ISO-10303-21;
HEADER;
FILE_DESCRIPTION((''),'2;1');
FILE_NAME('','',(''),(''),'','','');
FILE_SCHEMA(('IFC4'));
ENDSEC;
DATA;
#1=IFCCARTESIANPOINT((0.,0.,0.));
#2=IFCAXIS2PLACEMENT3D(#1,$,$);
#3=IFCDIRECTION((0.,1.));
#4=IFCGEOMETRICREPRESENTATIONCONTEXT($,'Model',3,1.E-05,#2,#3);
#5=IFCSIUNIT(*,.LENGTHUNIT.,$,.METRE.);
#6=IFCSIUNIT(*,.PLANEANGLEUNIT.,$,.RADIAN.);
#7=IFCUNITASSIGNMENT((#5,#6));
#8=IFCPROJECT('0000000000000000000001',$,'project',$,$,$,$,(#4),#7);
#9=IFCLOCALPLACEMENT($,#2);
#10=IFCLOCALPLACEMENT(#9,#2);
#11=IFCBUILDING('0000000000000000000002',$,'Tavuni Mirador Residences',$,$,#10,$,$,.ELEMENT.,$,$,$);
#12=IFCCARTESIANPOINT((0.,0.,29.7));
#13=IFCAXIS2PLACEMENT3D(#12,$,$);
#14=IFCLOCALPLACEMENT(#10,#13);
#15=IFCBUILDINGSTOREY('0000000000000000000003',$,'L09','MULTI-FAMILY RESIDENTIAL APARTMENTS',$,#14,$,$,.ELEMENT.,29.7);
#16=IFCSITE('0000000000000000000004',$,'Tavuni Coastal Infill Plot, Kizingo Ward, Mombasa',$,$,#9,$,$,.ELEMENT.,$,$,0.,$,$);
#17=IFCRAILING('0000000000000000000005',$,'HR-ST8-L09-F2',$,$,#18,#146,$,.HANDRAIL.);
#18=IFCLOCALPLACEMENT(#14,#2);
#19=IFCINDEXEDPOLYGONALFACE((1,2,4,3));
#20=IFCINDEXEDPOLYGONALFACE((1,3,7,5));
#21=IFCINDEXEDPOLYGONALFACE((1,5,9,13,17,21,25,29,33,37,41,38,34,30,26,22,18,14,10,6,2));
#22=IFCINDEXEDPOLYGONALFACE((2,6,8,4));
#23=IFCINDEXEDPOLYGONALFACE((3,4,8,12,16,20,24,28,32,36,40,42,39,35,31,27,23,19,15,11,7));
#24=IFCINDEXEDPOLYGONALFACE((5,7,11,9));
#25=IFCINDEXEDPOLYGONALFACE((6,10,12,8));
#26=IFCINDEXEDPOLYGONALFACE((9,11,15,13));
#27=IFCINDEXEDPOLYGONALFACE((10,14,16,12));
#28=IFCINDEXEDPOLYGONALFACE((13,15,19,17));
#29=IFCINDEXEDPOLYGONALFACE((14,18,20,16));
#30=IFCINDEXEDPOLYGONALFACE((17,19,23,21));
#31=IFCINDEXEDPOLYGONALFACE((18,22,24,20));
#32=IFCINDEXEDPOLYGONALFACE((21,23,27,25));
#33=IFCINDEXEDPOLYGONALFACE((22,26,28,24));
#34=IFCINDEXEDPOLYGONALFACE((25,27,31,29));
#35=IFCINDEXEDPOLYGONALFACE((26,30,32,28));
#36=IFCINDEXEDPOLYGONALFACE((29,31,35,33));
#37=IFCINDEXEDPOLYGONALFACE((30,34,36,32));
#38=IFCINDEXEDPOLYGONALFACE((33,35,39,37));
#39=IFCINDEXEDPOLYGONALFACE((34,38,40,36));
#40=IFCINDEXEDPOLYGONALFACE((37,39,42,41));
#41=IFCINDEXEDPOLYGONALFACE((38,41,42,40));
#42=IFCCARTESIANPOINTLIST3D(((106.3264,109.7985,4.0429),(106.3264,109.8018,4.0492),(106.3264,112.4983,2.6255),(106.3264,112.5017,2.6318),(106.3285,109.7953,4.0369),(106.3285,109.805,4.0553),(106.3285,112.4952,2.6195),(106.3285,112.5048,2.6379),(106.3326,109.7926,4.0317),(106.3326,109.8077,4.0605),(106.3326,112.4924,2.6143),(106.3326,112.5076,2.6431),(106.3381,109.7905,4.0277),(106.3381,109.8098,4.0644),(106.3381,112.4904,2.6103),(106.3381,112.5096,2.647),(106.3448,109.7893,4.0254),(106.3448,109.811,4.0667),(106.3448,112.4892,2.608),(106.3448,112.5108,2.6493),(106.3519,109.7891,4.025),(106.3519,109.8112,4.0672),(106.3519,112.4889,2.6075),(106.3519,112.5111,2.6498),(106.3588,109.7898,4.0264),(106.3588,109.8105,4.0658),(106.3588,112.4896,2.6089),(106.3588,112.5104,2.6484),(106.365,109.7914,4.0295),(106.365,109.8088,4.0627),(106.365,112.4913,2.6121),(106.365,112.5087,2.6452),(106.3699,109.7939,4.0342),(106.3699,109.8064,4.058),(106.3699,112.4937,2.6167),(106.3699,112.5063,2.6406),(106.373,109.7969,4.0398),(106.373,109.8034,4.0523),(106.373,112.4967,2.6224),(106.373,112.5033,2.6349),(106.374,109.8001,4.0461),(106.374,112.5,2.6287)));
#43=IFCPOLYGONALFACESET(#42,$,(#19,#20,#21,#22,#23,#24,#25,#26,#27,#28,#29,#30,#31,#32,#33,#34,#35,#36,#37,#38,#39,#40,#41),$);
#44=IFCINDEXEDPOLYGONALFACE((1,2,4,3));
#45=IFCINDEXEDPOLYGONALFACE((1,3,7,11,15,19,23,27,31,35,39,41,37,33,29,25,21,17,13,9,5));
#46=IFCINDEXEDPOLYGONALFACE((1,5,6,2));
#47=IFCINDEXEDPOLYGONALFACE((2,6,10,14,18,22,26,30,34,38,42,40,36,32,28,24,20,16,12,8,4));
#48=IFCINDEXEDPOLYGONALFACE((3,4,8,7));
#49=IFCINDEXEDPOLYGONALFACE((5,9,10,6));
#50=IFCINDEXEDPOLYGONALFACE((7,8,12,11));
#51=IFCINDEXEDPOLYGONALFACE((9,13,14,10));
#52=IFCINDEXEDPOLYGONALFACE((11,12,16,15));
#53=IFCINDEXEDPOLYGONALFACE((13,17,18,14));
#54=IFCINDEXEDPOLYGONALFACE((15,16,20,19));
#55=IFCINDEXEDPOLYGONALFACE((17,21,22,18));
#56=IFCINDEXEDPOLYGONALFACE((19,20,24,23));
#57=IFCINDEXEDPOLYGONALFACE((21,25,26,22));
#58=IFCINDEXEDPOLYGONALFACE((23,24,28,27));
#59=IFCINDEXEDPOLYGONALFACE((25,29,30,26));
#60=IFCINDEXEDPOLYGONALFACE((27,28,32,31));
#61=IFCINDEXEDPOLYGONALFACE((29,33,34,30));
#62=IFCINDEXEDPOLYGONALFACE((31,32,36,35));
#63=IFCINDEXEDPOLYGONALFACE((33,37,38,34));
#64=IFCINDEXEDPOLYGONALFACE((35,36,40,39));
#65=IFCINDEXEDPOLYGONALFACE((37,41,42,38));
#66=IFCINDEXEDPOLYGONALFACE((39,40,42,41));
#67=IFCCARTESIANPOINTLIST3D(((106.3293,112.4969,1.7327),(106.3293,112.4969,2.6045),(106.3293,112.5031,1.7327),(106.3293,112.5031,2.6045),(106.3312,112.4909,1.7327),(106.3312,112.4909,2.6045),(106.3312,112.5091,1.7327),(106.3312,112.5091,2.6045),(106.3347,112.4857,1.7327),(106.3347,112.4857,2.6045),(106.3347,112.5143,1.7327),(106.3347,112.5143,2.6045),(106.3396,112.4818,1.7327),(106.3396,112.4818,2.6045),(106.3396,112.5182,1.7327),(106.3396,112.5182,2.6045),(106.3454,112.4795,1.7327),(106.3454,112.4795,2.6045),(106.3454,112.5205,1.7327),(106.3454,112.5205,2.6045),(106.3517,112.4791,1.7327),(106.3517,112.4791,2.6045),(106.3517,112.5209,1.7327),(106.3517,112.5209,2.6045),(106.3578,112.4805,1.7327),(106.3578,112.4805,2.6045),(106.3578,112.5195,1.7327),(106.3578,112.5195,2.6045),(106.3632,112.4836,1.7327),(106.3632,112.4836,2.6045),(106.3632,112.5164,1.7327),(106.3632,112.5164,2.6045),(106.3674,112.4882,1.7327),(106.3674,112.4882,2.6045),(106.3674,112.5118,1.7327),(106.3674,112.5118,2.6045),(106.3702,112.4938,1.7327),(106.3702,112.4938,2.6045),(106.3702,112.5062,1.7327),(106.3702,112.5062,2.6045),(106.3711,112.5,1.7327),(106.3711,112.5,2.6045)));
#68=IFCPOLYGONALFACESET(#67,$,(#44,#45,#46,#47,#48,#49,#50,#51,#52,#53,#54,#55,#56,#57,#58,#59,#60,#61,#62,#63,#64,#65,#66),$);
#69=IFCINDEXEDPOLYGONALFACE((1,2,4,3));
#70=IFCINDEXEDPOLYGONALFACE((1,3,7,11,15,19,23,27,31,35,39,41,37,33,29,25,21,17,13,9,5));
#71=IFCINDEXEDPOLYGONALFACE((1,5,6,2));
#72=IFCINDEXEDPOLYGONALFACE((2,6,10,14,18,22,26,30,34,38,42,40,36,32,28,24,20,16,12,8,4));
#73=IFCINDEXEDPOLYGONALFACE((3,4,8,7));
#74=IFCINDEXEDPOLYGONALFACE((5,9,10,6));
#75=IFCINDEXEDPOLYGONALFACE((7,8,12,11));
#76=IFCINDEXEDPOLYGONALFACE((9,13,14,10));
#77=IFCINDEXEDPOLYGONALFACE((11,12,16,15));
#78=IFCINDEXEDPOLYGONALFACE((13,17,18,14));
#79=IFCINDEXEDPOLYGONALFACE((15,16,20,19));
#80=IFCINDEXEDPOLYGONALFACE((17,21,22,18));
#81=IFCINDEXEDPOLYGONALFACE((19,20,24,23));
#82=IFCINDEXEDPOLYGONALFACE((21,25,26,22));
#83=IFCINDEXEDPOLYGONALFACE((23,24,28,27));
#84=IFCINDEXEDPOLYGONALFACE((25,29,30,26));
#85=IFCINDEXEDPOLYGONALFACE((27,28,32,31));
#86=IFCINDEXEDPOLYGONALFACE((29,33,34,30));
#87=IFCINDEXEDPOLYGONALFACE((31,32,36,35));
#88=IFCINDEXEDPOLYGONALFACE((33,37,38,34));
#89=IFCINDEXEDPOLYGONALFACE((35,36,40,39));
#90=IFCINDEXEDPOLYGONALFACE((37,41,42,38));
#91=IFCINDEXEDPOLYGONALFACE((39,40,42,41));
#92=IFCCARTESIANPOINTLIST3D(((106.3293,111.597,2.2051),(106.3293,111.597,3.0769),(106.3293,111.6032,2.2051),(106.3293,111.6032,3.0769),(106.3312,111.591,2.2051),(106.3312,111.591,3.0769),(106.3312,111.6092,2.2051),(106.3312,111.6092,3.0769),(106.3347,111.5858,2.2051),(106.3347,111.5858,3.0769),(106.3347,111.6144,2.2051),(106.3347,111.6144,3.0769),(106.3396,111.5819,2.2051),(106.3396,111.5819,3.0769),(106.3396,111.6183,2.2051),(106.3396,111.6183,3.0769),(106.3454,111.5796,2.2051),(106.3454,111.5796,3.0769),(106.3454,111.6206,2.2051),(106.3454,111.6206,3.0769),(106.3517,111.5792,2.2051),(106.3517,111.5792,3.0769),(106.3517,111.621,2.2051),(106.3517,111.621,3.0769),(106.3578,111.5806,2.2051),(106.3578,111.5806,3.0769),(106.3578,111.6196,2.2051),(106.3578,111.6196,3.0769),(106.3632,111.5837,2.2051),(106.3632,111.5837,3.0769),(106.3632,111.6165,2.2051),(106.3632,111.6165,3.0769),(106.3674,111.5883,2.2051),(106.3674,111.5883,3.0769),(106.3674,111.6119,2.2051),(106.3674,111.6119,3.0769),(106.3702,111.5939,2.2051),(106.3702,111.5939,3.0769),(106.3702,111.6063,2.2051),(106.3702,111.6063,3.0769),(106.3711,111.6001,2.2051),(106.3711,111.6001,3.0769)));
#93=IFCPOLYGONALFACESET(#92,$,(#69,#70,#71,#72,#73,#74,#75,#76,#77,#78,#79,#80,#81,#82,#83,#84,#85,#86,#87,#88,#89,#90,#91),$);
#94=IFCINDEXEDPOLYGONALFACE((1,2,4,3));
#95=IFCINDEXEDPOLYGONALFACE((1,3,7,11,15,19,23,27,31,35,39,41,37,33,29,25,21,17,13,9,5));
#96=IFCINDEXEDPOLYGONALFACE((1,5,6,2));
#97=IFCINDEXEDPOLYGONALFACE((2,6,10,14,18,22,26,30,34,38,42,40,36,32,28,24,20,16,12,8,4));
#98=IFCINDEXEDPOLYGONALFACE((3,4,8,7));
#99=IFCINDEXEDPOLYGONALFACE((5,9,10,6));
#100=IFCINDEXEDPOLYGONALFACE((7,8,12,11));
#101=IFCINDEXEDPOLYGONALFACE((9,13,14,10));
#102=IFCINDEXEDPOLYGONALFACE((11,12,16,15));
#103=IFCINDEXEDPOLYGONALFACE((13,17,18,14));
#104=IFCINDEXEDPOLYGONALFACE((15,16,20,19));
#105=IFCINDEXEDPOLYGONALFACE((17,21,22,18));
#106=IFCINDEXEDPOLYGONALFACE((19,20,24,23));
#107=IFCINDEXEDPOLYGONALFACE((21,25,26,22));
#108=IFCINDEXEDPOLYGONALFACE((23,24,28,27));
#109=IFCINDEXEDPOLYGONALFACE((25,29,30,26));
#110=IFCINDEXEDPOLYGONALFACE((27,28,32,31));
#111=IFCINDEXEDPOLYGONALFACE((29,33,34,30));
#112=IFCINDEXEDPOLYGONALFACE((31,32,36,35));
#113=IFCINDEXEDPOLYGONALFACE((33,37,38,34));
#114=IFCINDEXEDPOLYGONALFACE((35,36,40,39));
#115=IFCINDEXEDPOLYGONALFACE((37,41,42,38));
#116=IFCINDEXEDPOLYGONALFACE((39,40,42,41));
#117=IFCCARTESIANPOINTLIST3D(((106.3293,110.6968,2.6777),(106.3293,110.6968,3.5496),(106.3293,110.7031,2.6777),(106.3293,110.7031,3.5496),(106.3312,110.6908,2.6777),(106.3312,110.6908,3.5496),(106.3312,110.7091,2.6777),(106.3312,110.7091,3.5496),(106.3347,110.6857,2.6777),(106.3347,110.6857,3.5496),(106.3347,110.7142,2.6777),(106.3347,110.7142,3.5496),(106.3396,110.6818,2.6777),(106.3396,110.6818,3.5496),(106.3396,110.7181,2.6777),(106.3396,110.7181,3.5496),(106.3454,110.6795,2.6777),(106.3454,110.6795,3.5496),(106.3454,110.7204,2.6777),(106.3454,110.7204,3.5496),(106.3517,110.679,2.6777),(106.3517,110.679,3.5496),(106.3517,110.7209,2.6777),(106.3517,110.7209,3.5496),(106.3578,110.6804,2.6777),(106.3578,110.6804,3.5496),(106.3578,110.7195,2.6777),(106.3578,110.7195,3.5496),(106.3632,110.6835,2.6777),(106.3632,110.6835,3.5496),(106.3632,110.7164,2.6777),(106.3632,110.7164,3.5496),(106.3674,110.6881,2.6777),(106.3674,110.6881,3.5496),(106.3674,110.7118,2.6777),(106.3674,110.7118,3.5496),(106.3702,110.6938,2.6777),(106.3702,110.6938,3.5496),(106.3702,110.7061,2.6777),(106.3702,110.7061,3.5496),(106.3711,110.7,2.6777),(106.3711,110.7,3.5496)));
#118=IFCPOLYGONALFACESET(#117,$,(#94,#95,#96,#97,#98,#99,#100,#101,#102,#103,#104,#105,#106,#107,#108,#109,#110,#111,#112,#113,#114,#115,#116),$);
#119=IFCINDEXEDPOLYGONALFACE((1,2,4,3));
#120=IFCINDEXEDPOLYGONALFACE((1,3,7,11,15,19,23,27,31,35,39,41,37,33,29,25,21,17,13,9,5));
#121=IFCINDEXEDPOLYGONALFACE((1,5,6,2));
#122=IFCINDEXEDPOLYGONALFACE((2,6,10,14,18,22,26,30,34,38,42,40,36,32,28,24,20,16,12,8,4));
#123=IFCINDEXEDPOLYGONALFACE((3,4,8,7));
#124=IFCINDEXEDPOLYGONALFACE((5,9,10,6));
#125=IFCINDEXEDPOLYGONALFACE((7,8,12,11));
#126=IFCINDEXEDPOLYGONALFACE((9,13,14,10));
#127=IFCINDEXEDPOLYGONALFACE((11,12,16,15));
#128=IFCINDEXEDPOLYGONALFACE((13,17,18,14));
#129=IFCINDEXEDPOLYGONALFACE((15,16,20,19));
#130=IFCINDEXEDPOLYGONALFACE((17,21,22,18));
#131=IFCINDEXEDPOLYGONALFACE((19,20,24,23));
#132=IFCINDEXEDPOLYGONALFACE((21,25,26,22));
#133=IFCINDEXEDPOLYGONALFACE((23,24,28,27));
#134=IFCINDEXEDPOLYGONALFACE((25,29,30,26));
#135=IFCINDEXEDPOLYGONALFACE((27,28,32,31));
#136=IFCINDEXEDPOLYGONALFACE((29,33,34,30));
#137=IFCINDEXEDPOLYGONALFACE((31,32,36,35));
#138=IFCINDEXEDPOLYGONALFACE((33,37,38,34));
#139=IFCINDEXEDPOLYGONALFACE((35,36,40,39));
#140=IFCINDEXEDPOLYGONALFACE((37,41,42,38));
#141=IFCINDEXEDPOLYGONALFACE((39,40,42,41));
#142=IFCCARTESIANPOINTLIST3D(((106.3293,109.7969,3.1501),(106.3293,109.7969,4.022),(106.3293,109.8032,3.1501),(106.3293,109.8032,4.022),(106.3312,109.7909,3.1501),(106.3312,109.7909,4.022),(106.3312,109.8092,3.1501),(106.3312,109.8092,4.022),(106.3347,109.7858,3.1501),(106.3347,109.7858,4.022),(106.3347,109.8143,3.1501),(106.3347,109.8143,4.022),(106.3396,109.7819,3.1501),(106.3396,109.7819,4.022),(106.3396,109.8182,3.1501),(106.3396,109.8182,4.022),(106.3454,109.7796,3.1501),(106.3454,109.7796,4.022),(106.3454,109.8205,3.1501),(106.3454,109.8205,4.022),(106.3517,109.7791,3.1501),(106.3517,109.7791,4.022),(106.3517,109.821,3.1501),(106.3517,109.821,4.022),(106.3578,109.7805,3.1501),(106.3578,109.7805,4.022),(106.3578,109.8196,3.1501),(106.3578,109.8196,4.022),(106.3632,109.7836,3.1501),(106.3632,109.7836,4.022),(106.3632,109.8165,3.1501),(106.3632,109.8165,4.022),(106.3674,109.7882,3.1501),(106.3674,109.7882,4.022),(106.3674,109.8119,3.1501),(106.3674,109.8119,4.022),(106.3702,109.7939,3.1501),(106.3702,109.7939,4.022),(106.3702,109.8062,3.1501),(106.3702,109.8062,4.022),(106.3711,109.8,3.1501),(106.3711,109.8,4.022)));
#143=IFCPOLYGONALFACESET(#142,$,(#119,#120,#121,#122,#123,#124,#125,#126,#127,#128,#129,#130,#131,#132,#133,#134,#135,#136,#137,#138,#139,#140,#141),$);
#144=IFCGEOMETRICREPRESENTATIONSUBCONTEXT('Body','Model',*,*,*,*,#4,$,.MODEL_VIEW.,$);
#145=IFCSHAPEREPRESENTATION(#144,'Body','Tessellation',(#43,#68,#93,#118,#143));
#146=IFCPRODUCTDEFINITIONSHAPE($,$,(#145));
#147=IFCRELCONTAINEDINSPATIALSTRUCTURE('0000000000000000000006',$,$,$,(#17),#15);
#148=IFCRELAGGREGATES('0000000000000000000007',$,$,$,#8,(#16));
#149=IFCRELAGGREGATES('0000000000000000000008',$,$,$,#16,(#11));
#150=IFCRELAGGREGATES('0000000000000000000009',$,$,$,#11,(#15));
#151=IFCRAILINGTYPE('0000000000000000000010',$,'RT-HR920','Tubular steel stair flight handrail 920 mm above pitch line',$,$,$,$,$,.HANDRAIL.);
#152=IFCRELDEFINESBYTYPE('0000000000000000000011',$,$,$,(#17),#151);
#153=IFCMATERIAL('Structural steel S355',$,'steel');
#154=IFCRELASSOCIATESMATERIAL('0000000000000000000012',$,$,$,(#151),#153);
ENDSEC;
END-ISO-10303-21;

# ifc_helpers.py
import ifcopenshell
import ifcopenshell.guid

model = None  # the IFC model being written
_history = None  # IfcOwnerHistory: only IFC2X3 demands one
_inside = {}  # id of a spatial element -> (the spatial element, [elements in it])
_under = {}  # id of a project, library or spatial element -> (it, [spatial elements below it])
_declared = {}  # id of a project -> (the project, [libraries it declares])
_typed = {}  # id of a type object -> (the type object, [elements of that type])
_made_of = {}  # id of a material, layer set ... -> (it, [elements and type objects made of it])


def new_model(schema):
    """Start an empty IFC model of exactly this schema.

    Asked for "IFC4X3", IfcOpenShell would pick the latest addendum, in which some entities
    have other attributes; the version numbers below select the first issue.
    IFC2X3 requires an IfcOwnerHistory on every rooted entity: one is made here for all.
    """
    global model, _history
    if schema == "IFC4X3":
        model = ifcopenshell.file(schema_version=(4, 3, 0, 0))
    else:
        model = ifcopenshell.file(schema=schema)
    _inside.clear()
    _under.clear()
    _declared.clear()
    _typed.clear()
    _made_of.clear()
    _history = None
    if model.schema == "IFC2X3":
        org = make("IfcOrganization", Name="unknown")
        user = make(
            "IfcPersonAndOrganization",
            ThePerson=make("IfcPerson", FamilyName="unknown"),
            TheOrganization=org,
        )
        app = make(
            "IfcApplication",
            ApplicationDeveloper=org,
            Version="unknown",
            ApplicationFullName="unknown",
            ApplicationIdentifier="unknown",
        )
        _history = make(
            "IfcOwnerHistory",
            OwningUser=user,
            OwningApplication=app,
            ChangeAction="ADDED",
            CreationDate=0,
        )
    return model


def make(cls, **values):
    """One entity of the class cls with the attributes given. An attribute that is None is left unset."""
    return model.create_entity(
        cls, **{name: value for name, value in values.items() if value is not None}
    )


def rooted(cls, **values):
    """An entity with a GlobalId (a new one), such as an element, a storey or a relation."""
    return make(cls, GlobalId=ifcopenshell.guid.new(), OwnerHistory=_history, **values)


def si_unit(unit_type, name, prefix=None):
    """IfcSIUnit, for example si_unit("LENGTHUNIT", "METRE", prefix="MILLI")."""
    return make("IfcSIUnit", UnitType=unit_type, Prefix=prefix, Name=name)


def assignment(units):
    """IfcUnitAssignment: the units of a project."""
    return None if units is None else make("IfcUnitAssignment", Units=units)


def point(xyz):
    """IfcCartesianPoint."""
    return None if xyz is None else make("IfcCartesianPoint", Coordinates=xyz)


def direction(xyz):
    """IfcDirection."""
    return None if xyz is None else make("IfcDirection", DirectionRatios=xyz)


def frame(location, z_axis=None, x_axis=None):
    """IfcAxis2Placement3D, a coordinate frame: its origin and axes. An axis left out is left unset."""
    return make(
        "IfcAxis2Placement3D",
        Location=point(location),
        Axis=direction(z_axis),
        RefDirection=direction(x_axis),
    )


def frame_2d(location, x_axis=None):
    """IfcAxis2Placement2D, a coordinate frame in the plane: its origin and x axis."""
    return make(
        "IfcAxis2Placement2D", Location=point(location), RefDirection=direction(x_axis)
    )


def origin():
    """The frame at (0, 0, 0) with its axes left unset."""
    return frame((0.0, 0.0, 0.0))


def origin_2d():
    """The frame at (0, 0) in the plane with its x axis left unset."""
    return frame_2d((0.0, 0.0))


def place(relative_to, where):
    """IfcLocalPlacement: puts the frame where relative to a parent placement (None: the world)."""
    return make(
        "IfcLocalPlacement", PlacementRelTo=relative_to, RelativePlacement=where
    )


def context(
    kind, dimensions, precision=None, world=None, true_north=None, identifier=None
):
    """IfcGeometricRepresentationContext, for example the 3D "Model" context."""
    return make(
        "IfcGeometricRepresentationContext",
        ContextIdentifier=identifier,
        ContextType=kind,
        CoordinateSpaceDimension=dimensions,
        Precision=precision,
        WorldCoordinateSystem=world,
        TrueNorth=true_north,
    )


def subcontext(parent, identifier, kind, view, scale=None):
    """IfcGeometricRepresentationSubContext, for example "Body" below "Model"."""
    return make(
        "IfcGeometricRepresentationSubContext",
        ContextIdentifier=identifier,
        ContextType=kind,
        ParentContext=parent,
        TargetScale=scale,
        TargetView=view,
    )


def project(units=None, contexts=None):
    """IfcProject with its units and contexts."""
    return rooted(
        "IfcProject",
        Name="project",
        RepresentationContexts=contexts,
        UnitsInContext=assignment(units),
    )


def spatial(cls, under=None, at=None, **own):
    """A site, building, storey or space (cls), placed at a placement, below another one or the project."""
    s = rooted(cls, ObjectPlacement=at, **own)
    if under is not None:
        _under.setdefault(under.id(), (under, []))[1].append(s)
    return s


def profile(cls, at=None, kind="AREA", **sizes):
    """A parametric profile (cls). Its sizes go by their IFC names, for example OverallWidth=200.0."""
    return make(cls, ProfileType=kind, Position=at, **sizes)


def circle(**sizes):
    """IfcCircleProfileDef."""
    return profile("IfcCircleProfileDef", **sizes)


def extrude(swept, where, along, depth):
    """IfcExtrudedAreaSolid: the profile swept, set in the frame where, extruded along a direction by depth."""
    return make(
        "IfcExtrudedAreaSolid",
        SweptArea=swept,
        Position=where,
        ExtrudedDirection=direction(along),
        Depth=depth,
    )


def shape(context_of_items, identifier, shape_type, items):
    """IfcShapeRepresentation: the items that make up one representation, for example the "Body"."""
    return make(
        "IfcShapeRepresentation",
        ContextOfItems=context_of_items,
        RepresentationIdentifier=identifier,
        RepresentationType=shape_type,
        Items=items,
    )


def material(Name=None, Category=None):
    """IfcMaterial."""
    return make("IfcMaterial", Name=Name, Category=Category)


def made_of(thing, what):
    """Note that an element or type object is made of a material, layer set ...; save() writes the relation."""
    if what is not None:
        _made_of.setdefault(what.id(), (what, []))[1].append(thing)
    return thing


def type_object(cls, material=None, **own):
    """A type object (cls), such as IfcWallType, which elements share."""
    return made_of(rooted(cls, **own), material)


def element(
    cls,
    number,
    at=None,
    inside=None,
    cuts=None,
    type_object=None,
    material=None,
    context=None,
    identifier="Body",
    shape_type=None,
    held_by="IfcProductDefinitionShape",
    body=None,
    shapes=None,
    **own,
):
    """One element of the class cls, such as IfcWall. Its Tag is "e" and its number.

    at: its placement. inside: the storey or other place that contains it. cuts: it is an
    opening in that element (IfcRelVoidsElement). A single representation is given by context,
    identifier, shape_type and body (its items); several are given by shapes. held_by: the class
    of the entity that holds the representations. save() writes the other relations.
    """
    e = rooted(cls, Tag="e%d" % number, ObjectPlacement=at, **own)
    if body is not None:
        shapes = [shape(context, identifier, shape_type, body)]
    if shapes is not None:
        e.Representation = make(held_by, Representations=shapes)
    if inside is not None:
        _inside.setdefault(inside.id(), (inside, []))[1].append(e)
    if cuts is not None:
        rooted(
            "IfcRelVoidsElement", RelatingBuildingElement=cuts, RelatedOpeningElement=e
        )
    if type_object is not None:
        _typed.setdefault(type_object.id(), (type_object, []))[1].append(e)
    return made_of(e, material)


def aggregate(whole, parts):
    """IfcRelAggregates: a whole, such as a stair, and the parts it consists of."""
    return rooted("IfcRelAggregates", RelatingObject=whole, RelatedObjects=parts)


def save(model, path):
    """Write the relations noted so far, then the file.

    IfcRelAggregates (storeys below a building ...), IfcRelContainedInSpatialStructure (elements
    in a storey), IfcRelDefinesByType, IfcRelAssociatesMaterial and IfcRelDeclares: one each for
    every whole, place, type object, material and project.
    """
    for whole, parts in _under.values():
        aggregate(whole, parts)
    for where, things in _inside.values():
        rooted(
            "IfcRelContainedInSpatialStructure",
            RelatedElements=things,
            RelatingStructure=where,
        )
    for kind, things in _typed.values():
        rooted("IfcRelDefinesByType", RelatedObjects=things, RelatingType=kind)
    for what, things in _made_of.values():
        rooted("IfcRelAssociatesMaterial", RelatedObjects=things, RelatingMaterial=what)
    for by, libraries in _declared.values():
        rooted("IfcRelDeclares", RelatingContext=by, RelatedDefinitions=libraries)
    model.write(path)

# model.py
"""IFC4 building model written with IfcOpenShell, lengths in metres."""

from ifc_helpers import new_model, si_unit, direction, frame, origin, origin_2d, place, context, subcontext, project, spatial, circle, extrude, material, type_object, element, save


model = new_model("IFC4")

# Units and contexts
model_context = context("Model", 3, precision=1e-05, world=origin(), true_north=direction((0.0, 1.0)))
body_context = subcontext(model_context, "Body", "Model", "MODEL_VIEW")
ifc_project = project(units=[si_unit("LENGTHUNIT", "METRE"), si_unit("PLANEANGLEUNIT", "RADIAN")], contexts=[model_context])

# Site, building, storey
site_placement = place(None, origin())
site = spatial("IfcSite", under=ifc_project, at=site_placement, Name="Tavuni Coastal Infill Plot, Kizingo Ward, Mombasa", CompositionType="ELEMENT", RefElevation=0.0)
building_placement = place(site_placement, origin())
building = spatial("IfcBuilding", under=site, at=building_placement, Name="Tavuni Mirador Residences", CompositionType="ELEMENT")
storey_placement = place(building_placement, frame((0.0, 0.0, 29.7)))
storey = spatial("IfcBuildingStorey", under=building, at=storey_placement, Name="L09", Description="MULTI-FAMILY RESIDENTIAL APARTMENTS", CompositionType="ELEMENT", Elevation=29.7)

# Shared definitions
ifc_material_1 = material(Name="Structural steel S355", Category="steel")

# Railing
railing_type_1 = type_object("IfcRailingType", Name="RT-HR920", Description="Tubular steel stair flight handrail 920 mm above pitch line", PredefinedType="HANDRAIL", material=ifc_material_1)
railing_1_placement = place(storey_placement, frame((106.3501, 112.5, 1.7327)))
element("IfcRailing", 1, at=railing_1_placement, inside=storey, type_object=railing_type_1, Name="HR-ST8-L09-F2", PredefinedType="HANDRAIL", context=body_context, shape_type="SweptSolid", body=[
    extrude(circle(Radius=0.0239, at=origin_2d()), frame((0.0, 0.0, 0.896), z_axis=(0.0, -0.885397, 0.464835), x_axis=(1.0, 0.0, 0.0)), (0.0, 0.0, 1.0), 3.0493),
    extrude(circle(Radius=0.021, at=origin_2d()), origin(), (0.0, 0.0, 1.0), 0.8718),
    extrude(circle(Radius=0.021, at=origin_2d()), frame((0.0, -0.8999, 0.4724)), (0.0, 0.0, 1.0), 0.8718),
    extrude(circle(Radius=0.021, at=origin_2d()), frame((0.0, -1.8, 0.9451)), (0.0, 0.0, 1.0), 0.8718),
    extrude(circle(Radius=0.021, at=origin_2d()), frame((0.0, -2.7, 1.4175)), (0.0, 0.0, 1.0), 0.8718),
])

save(model, "model.ifc")
